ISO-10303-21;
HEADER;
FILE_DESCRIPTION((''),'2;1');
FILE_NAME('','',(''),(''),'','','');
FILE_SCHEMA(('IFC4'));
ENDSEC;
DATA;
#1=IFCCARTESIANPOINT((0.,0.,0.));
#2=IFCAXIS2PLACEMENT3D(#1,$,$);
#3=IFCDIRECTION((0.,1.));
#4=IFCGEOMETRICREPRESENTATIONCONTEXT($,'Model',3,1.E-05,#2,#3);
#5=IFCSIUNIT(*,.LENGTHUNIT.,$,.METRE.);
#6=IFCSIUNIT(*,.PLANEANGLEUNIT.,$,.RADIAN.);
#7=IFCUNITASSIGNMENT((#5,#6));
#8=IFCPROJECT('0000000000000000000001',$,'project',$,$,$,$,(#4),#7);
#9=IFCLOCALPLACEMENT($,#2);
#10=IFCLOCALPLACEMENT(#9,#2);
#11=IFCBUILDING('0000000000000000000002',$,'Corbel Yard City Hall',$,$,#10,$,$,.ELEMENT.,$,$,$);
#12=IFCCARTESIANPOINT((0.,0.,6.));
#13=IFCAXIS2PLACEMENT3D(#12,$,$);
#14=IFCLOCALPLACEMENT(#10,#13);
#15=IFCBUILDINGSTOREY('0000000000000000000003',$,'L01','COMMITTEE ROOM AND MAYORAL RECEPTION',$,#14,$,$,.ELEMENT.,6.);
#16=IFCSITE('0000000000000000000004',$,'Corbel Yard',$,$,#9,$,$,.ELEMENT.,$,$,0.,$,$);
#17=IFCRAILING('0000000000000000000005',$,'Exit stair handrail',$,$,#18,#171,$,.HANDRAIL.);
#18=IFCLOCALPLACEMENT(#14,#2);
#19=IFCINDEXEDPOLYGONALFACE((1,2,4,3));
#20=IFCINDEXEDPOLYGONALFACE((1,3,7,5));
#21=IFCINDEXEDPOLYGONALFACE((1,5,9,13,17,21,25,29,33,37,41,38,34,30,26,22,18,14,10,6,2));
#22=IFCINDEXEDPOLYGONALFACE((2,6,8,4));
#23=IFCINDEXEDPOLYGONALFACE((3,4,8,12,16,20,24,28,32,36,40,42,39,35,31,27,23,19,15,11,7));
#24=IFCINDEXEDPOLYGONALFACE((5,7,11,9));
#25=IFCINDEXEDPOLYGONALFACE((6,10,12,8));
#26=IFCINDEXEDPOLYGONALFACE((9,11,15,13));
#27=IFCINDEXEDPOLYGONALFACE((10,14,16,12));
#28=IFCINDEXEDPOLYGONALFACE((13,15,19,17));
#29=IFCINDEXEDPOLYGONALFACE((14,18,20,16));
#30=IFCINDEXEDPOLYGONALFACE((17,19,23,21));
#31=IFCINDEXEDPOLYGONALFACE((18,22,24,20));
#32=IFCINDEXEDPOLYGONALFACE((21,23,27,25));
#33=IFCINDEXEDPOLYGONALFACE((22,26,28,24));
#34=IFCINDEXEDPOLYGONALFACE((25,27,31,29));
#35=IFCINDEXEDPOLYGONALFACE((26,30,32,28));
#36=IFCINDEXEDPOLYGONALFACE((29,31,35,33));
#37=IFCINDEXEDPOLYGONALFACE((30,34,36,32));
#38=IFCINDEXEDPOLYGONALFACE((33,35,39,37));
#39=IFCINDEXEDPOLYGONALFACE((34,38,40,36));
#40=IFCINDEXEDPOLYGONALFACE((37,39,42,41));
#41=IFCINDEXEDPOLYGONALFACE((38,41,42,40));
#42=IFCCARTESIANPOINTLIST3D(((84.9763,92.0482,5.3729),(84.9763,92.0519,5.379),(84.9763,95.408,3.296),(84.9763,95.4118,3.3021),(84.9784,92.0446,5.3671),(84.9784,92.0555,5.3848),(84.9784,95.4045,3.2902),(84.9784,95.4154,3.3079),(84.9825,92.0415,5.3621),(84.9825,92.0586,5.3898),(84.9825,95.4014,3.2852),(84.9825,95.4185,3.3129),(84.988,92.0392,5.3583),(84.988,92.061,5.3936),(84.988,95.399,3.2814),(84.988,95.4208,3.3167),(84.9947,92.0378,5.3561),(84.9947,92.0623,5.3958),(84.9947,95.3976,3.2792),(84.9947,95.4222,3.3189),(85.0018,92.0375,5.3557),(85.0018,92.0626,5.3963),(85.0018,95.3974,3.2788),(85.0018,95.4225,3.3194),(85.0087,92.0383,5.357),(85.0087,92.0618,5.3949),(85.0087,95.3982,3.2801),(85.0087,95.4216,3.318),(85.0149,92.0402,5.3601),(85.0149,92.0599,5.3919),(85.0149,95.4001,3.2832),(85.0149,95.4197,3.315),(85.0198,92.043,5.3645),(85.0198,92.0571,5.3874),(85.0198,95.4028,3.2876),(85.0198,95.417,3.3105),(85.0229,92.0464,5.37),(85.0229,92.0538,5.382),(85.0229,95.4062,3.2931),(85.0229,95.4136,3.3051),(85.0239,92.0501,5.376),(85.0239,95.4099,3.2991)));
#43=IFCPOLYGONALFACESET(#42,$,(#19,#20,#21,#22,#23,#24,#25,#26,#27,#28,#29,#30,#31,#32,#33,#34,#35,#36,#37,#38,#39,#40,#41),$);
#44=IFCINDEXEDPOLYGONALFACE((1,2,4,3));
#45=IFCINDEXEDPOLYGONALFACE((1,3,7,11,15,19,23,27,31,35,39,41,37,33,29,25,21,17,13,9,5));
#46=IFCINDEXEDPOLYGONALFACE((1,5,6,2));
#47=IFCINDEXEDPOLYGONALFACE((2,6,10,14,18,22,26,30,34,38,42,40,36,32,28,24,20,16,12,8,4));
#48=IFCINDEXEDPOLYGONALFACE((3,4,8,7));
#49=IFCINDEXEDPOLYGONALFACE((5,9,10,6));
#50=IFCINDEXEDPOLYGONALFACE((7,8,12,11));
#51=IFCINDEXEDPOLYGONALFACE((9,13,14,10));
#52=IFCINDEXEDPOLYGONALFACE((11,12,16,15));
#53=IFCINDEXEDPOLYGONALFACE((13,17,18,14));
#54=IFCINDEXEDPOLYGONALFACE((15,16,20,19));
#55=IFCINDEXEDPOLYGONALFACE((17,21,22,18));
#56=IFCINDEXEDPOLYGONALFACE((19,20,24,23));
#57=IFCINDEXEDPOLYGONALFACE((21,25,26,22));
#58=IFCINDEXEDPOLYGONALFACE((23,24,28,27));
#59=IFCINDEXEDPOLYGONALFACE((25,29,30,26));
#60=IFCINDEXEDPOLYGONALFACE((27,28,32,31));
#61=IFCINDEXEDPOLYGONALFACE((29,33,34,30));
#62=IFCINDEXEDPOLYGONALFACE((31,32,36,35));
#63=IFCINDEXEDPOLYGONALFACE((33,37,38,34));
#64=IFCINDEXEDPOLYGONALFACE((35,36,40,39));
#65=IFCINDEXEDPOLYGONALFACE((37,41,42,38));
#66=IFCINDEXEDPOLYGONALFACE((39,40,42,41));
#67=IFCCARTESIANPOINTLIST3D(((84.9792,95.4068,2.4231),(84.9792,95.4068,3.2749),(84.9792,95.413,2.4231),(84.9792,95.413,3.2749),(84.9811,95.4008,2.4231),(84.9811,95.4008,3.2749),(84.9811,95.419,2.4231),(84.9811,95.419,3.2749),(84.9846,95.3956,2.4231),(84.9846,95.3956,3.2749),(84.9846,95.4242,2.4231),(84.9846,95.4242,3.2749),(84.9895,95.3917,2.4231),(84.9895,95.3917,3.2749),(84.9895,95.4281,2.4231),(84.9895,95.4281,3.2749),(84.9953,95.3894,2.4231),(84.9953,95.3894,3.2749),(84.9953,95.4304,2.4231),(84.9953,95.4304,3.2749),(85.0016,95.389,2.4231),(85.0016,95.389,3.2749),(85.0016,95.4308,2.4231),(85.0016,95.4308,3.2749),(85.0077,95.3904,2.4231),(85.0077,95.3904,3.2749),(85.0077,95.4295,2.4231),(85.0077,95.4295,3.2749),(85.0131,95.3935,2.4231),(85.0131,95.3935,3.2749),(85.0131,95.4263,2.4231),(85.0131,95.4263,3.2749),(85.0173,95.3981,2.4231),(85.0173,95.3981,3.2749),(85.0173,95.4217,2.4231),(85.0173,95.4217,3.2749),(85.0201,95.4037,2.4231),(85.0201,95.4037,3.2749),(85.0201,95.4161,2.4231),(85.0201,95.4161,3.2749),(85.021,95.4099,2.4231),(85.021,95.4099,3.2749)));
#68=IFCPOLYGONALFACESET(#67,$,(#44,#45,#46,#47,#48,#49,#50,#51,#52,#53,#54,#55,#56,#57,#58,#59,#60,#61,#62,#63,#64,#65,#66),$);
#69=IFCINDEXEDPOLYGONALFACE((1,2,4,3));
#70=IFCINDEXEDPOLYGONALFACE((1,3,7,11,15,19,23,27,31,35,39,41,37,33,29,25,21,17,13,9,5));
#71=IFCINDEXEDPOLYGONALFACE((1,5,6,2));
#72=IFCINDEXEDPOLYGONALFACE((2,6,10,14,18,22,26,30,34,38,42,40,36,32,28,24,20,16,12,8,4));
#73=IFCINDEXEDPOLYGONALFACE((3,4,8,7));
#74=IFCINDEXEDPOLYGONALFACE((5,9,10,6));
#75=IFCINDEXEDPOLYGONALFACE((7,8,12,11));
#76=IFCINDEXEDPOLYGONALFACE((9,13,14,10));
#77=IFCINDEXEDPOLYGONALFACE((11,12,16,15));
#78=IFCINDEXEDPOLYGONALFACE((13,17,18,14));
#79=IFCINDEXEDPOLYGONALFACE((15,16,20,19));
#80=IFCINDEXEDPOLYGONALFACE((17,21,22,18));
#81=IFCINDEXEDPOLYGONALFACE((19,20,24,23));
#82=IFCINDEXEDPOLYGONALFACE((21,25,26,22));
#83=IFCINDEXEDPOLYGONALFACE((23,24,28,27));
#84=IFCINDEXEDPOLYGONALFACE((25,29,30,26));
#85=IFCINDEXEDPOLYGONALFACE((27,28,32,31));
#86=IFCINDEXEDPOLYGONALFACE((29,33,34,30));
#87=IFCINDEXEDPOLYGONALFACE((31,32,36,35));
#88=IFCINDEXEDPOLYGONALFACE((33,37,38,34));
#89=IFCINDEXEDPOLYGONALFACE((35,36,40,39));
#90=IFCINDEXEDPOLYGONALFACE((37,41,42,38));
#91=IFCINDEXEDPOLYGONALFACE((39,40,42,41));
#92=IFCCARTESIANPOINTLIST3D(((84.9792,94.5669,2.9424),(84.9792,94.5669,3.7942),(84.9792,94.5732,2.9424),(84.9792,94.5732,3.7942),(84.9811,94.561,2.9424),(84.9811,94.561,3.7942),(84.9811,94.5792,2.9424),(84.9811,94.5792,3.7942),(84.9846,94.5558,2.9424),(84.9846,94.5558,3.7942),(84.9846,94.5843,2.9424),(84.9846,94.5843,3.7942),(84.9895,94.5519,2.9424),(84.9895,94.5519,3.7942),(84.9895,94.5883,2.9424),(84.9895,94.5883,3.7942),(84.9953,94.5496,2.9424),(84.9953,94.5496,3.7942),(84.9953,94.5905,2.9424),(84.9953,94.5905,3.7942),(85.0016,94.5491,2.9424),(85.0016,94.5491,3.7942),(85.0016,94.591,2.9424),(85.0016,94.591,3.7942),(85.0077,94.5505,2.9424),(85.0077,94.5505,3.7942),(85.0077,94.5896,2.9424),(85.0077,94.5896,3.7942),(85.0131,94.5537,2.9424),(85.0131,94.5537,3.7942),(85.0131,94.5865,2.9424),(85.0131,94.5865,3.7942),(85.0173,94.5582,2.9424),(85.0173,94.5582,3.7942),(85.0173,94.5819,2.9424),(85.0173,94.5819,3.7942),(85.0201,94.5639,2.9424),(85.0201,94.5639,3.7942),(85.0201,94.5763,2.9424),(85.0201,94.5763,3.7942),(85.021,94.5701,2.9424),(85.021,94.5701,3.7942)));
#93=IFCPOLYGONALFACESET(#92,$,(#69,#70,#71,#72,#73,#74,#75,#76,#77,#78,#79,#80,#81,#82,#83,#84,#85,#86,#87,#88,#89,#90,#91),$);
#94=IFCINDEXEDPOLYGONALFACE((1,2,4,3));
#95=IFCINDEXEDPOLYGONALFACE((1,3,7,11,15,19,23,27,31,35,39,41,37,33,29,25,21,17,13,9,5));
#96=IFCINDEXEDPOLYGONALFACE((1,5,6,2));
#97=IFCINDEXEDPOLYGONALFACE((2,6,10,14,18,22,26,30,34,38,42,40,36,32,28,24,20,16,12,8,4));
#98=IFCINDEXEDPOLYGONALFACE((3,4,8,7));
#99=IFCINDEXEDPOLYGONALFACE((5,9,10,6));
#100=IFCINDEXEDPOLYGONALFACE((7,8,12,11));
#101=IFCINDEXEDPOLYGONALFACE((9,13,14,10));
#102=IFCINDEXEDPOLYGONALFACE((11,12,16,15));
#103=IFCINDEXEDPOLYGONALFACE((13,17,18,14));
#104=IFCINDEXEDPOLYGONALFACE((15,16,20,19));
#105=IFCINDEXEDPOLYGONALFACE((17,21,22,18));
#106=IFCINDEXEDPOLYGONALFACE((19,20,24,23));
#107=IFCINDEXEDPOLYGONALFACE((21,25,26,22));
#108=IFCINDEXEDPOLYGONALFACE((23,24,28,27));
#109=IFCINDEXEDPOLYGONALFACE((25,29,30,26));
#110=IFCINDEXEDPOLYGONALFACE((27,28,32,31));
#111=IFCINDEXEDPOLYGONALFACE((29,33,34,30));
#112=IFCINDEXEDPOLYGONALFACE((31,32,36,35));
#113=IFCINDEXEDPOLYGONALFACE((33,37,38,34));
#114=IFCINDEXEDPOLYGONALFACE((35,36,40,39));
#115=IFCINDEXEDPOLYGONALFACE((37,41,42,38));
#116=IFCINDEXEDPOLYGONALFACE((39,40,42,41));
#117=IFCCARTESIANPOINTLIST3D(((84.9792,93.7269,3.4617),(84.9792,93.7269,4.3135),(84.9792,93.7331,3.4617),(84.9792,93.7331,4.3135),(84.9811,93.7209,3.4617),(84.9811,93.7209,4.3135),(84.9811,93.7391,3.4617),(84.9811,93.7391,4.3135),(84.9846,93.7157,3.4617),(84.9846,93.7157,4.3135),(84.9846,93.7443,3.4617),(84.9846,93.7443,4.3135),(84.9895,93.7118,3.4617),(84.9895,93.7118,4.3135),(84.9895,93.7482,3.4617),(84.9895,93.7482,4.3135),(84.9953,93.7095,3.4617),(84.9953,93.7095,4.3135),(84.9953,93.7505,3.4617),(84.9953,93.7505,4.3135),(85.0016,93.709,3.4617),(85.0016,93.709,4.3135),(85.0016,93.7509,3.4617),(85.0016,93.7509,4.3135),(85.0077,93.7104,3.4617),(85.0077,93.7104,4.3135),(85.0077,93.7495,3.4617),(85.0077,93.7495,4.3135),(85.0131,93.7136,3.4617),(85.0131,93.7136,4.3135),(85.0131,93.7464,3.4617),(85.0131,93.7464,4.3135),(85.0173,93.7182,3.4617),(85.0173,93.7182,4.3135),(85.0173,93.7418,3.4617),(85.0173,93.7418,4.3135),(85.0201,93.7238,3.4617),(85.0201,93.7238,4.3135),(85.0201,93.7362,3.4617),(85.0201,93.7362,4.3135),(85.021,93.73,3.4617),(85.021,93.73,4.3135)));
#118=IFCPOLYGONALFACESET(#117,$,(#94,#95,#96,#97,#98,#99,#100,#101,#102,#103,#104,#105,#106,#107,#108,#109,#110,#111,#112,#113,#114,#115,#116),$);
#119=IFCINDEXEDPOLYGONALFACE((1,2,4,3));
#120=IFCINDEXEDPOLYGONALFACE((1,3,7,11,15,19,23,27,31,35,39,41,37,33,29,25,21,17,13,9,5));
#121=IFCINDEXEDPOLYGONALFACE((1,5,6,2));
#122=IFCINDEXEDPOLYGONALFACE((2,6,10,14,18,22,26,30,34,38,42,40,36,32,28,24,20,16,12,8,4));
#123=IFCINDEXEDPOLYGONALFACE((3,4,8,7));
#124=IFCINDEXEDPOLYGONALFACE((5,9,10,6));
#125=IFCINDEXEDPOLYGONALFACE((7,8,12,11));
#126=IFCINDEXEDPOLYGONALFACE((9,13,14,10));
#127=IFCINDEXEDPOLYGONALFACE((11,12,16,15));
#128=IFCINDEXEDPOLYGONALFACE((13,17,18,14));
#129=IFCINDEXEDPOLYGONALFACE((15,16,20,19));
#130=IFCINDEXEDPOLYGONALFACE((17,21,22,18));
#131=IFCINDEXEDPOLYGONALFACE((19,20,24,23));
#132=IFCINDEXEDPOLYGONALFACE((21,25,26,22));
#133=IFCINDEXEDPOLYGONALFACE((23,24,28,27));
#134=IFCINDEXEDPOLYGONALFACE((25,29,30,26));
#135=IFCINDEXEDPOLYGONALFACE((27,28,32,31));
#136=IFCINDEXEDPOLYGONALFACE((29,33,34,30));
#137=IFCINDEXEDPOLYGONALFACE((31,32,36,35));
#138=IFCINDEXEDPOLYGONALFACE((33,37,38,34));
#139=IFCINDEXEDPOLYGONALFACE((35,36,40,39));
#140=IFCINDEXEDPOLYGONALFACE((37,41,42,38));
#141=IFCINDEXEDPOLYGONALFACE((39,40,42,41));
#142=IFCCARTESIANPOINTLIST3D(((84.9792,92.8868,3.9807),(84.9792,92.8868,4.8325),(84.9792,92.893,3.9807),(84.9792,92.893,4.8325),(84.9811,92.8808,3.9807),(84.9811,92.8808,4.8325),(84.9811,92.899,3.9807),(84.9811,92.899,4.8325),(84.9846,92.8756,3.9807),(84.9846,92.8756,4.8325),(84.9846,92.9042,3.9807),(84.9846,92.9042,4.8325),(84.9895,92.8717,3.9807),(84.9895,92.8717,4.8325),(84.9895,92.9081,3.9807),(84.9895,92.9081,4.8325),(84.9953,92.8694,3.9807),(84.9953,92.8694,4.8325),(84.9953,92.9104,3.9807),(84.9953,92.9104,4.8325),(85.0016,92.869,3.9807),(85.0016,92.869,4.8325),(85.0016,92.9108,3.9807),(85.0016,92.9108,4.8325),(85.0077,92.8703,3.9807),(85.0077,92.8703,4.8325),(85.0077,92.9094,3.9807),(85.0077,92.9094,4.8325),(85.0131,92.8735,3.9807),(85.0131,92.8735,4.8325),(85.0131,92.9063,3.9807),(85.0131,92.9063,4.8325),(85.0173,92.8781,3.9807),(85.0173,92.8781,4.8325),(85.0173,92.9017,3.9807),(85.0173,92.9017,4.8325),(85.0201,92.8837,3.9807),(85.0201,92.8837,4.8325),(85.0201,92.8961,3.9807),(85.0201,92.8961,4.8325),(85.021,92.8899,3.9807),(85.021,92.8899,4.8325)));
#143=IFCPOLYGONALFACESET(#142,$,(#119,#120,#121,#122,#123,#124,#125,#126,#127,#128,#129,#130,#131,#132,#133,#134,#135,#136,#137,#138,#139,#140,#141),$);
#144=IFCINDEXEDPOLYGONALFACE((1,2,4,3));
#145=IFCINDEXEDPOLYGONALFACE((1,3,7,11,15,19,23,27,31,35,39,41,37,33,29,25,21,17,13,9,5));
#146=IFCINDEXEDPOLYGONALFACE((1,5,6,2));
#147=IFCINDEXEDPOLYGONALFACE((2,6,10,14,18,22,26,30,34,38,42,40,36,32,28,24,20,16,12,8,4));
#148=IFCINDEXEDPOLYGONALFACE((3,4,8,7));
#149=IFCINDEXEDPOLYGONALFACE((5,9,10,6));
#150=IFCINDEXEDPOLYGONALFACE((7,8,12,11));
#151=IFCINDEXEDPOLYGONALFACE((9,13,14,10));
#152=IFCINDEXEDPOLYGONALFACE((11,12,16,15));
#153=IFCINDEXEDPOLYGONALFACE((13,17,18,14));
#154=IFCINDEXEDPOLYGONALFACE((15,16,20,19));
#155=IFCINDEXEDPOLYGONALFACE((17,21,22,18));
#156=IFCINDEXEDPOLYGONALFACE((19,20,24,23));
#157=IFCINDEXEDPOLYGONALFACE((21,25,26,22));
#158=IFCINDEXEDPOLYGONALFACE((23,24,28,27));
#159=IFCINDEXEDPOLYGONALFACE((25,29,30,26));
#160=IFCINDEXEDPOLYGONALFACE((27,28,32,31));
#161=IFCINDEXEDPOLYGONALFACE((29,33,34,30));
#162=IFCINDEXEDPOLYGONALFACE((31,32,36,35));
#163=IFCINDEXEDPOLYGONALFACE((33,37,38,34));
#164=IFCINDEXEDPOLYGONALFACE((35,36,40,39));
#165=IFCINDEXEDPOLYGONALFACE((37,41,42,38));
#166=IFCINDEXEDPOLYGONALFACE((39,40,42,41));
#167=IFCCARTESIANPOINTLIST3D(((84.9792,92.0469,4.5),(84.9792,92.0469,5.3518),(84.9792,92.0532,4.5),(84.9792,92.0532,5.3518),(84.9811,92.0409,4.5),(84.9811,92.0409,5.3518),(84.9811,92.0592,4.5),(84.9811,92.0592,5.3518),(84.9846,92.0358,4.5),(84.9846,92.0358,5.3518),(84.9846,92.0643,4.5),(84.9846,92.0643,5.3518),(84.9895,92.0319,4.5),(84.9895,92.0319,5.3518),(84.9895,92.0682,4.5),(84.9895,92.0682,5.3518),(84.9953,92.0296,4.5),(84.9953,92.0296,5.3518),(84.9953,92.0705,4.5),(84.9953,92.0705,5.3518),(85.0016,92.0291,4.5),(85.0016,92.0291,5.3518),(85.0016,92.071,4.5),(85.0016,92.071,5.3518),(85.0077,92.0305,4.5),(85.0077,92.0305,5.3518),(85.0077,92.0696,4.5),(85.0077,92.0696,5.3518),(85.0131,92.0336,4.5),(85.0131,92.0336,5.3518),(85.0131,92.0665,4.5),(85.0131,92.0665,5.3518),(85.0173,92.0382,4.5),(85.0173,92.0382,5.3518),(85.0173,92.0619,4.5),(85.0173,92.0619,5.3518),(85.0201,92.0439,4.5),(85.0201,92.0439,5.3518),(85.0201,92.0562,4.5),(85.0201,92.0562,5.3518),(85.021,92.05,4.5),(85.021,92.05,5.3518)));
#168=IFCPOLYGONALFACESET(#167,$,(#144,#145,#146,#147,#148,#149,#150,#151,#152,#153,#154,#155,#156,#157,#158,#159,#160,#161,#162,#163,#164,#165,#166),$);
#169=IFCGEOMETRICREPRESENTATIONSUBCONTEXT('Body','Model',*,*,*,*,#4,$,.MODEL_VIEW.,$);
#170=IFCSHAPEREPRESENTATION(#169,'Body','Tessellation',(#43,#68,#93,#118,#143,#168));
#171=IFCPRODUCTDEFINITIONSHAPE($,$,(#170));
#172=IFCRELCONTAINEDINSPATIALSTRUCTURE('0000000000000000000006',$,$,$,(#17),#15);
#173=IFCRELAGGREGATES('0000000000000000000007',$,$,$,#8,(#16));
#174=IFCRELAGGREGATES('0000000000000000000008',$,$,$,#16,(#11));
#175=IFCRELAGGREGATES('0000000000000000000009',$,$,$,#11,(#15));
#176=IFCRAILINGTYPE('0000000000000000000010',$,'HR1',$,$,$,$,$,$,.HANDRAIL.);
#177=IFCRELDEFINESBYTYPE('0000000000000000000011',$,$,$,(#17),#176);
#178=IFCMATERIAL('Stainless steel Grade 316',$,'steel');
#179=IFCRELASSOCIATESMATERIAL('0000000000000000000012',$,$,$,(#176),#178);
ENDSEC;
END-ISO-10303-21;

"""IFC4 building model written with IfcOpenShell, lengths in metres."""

from ifc_helpers import new_model, si_unit, direction, frame, origin, origin_2d, place, context, subcontext, project, spatial, circle, extrude, material, type_object, element, save


model = new_model("IFC4")

# Units and contexts
model_context = context("Model", 3, precision=1e-05, world=origin(), true_north=direction((0.0, 1.0)))
body_context = subcontext(model_context, "Body", "Model", "MODEL_VIEW")
ifc_project = project(units=[si_unit("LENGTHUNIT", "METRE"), si_unit("PLANEANGLEUNIT", "RADIAN")], contexts=[model_context])

# Site, building, storey
site_placement = place(None, origin())
site = spatial("IfcSite", under=ifc_project, at=site_placement, Name="Corbel Yard", CompositionType="ELEMENT", RefElevation=0.0)
building_placement = place(site_placement, origin())
building = spatial("IfcBuilding", under=site, at=building_placement, Name="Corbel Yard City Hall", CompositionType="ELEMENT")
storey_placement = place(building_placement, frame((0.0, 0.0, 6.0)))
storey = spatial("IfcBuildingStorey", under=building, at=storey_placement, Name="L01", Description="COMMITTEE ROOM AND MAYORAL RECEPTION", CompositionType="ELEMENT", Elevation=6.0)

# Shared definitions
ifc_material_1 = material(Name="Stainless steel Grade 316", Category="steel")

# Railing
railing_type_1 = type_object("IfcRailingType", Name="HR1", PredefinedType="HANDRAIL", material=ifc_material_1)
for number, where, name in (
    (1, (85.0, 95.4099, 2.4231), "Exit stair handrail"),
):
    element("IfcRailing", number, at=place(storey_placement, frame(where)), inside=storey, type_object=railing_type_1, Name=name, PredefinedType="HANDRAIL", context=body_context, shape_type="SweptSolid", body=[
        extrude(circle(Radius=0.0239, at=origin_2d()), frame((0.0, 0.0, 0.876), z_axis=(0.0, -0.850606, 0.525803), x_axis=(1.0, 0.0, 0.0)), (0.0, 0.0, 1.0), 3.95),
        extrude(circle(Radius=0.021, at=origin_2d()), origin(), (0.0, 0.0, 1.0), 0.8518),
        extrude(circle(Radius=0.021, at=origin_2d()), frame((0.0, -0.8398, 0.5193)), (0.0, 0.0, 1.0), 0.8518),
        extrude(circle(Radius=0.021, at=origin_2d()), frame((0.0, -1.6799, 1.0386)), (0.0, 0.0, 1.0), 0.8518),
        extrude(circle(Radius=0.021, at=origin_2d()), frame((0.0, -2.52, 1.5576)), (0.0, 0.0, 1.0), 0.8518),
        extrude(circle(Radius=0.021, at=origin_2d()), frame((0.0, -3.3599, 2.0769)), (0.0, 0.0, 1.0), 0.8518),
    ])

save(model, "model.ifc")
